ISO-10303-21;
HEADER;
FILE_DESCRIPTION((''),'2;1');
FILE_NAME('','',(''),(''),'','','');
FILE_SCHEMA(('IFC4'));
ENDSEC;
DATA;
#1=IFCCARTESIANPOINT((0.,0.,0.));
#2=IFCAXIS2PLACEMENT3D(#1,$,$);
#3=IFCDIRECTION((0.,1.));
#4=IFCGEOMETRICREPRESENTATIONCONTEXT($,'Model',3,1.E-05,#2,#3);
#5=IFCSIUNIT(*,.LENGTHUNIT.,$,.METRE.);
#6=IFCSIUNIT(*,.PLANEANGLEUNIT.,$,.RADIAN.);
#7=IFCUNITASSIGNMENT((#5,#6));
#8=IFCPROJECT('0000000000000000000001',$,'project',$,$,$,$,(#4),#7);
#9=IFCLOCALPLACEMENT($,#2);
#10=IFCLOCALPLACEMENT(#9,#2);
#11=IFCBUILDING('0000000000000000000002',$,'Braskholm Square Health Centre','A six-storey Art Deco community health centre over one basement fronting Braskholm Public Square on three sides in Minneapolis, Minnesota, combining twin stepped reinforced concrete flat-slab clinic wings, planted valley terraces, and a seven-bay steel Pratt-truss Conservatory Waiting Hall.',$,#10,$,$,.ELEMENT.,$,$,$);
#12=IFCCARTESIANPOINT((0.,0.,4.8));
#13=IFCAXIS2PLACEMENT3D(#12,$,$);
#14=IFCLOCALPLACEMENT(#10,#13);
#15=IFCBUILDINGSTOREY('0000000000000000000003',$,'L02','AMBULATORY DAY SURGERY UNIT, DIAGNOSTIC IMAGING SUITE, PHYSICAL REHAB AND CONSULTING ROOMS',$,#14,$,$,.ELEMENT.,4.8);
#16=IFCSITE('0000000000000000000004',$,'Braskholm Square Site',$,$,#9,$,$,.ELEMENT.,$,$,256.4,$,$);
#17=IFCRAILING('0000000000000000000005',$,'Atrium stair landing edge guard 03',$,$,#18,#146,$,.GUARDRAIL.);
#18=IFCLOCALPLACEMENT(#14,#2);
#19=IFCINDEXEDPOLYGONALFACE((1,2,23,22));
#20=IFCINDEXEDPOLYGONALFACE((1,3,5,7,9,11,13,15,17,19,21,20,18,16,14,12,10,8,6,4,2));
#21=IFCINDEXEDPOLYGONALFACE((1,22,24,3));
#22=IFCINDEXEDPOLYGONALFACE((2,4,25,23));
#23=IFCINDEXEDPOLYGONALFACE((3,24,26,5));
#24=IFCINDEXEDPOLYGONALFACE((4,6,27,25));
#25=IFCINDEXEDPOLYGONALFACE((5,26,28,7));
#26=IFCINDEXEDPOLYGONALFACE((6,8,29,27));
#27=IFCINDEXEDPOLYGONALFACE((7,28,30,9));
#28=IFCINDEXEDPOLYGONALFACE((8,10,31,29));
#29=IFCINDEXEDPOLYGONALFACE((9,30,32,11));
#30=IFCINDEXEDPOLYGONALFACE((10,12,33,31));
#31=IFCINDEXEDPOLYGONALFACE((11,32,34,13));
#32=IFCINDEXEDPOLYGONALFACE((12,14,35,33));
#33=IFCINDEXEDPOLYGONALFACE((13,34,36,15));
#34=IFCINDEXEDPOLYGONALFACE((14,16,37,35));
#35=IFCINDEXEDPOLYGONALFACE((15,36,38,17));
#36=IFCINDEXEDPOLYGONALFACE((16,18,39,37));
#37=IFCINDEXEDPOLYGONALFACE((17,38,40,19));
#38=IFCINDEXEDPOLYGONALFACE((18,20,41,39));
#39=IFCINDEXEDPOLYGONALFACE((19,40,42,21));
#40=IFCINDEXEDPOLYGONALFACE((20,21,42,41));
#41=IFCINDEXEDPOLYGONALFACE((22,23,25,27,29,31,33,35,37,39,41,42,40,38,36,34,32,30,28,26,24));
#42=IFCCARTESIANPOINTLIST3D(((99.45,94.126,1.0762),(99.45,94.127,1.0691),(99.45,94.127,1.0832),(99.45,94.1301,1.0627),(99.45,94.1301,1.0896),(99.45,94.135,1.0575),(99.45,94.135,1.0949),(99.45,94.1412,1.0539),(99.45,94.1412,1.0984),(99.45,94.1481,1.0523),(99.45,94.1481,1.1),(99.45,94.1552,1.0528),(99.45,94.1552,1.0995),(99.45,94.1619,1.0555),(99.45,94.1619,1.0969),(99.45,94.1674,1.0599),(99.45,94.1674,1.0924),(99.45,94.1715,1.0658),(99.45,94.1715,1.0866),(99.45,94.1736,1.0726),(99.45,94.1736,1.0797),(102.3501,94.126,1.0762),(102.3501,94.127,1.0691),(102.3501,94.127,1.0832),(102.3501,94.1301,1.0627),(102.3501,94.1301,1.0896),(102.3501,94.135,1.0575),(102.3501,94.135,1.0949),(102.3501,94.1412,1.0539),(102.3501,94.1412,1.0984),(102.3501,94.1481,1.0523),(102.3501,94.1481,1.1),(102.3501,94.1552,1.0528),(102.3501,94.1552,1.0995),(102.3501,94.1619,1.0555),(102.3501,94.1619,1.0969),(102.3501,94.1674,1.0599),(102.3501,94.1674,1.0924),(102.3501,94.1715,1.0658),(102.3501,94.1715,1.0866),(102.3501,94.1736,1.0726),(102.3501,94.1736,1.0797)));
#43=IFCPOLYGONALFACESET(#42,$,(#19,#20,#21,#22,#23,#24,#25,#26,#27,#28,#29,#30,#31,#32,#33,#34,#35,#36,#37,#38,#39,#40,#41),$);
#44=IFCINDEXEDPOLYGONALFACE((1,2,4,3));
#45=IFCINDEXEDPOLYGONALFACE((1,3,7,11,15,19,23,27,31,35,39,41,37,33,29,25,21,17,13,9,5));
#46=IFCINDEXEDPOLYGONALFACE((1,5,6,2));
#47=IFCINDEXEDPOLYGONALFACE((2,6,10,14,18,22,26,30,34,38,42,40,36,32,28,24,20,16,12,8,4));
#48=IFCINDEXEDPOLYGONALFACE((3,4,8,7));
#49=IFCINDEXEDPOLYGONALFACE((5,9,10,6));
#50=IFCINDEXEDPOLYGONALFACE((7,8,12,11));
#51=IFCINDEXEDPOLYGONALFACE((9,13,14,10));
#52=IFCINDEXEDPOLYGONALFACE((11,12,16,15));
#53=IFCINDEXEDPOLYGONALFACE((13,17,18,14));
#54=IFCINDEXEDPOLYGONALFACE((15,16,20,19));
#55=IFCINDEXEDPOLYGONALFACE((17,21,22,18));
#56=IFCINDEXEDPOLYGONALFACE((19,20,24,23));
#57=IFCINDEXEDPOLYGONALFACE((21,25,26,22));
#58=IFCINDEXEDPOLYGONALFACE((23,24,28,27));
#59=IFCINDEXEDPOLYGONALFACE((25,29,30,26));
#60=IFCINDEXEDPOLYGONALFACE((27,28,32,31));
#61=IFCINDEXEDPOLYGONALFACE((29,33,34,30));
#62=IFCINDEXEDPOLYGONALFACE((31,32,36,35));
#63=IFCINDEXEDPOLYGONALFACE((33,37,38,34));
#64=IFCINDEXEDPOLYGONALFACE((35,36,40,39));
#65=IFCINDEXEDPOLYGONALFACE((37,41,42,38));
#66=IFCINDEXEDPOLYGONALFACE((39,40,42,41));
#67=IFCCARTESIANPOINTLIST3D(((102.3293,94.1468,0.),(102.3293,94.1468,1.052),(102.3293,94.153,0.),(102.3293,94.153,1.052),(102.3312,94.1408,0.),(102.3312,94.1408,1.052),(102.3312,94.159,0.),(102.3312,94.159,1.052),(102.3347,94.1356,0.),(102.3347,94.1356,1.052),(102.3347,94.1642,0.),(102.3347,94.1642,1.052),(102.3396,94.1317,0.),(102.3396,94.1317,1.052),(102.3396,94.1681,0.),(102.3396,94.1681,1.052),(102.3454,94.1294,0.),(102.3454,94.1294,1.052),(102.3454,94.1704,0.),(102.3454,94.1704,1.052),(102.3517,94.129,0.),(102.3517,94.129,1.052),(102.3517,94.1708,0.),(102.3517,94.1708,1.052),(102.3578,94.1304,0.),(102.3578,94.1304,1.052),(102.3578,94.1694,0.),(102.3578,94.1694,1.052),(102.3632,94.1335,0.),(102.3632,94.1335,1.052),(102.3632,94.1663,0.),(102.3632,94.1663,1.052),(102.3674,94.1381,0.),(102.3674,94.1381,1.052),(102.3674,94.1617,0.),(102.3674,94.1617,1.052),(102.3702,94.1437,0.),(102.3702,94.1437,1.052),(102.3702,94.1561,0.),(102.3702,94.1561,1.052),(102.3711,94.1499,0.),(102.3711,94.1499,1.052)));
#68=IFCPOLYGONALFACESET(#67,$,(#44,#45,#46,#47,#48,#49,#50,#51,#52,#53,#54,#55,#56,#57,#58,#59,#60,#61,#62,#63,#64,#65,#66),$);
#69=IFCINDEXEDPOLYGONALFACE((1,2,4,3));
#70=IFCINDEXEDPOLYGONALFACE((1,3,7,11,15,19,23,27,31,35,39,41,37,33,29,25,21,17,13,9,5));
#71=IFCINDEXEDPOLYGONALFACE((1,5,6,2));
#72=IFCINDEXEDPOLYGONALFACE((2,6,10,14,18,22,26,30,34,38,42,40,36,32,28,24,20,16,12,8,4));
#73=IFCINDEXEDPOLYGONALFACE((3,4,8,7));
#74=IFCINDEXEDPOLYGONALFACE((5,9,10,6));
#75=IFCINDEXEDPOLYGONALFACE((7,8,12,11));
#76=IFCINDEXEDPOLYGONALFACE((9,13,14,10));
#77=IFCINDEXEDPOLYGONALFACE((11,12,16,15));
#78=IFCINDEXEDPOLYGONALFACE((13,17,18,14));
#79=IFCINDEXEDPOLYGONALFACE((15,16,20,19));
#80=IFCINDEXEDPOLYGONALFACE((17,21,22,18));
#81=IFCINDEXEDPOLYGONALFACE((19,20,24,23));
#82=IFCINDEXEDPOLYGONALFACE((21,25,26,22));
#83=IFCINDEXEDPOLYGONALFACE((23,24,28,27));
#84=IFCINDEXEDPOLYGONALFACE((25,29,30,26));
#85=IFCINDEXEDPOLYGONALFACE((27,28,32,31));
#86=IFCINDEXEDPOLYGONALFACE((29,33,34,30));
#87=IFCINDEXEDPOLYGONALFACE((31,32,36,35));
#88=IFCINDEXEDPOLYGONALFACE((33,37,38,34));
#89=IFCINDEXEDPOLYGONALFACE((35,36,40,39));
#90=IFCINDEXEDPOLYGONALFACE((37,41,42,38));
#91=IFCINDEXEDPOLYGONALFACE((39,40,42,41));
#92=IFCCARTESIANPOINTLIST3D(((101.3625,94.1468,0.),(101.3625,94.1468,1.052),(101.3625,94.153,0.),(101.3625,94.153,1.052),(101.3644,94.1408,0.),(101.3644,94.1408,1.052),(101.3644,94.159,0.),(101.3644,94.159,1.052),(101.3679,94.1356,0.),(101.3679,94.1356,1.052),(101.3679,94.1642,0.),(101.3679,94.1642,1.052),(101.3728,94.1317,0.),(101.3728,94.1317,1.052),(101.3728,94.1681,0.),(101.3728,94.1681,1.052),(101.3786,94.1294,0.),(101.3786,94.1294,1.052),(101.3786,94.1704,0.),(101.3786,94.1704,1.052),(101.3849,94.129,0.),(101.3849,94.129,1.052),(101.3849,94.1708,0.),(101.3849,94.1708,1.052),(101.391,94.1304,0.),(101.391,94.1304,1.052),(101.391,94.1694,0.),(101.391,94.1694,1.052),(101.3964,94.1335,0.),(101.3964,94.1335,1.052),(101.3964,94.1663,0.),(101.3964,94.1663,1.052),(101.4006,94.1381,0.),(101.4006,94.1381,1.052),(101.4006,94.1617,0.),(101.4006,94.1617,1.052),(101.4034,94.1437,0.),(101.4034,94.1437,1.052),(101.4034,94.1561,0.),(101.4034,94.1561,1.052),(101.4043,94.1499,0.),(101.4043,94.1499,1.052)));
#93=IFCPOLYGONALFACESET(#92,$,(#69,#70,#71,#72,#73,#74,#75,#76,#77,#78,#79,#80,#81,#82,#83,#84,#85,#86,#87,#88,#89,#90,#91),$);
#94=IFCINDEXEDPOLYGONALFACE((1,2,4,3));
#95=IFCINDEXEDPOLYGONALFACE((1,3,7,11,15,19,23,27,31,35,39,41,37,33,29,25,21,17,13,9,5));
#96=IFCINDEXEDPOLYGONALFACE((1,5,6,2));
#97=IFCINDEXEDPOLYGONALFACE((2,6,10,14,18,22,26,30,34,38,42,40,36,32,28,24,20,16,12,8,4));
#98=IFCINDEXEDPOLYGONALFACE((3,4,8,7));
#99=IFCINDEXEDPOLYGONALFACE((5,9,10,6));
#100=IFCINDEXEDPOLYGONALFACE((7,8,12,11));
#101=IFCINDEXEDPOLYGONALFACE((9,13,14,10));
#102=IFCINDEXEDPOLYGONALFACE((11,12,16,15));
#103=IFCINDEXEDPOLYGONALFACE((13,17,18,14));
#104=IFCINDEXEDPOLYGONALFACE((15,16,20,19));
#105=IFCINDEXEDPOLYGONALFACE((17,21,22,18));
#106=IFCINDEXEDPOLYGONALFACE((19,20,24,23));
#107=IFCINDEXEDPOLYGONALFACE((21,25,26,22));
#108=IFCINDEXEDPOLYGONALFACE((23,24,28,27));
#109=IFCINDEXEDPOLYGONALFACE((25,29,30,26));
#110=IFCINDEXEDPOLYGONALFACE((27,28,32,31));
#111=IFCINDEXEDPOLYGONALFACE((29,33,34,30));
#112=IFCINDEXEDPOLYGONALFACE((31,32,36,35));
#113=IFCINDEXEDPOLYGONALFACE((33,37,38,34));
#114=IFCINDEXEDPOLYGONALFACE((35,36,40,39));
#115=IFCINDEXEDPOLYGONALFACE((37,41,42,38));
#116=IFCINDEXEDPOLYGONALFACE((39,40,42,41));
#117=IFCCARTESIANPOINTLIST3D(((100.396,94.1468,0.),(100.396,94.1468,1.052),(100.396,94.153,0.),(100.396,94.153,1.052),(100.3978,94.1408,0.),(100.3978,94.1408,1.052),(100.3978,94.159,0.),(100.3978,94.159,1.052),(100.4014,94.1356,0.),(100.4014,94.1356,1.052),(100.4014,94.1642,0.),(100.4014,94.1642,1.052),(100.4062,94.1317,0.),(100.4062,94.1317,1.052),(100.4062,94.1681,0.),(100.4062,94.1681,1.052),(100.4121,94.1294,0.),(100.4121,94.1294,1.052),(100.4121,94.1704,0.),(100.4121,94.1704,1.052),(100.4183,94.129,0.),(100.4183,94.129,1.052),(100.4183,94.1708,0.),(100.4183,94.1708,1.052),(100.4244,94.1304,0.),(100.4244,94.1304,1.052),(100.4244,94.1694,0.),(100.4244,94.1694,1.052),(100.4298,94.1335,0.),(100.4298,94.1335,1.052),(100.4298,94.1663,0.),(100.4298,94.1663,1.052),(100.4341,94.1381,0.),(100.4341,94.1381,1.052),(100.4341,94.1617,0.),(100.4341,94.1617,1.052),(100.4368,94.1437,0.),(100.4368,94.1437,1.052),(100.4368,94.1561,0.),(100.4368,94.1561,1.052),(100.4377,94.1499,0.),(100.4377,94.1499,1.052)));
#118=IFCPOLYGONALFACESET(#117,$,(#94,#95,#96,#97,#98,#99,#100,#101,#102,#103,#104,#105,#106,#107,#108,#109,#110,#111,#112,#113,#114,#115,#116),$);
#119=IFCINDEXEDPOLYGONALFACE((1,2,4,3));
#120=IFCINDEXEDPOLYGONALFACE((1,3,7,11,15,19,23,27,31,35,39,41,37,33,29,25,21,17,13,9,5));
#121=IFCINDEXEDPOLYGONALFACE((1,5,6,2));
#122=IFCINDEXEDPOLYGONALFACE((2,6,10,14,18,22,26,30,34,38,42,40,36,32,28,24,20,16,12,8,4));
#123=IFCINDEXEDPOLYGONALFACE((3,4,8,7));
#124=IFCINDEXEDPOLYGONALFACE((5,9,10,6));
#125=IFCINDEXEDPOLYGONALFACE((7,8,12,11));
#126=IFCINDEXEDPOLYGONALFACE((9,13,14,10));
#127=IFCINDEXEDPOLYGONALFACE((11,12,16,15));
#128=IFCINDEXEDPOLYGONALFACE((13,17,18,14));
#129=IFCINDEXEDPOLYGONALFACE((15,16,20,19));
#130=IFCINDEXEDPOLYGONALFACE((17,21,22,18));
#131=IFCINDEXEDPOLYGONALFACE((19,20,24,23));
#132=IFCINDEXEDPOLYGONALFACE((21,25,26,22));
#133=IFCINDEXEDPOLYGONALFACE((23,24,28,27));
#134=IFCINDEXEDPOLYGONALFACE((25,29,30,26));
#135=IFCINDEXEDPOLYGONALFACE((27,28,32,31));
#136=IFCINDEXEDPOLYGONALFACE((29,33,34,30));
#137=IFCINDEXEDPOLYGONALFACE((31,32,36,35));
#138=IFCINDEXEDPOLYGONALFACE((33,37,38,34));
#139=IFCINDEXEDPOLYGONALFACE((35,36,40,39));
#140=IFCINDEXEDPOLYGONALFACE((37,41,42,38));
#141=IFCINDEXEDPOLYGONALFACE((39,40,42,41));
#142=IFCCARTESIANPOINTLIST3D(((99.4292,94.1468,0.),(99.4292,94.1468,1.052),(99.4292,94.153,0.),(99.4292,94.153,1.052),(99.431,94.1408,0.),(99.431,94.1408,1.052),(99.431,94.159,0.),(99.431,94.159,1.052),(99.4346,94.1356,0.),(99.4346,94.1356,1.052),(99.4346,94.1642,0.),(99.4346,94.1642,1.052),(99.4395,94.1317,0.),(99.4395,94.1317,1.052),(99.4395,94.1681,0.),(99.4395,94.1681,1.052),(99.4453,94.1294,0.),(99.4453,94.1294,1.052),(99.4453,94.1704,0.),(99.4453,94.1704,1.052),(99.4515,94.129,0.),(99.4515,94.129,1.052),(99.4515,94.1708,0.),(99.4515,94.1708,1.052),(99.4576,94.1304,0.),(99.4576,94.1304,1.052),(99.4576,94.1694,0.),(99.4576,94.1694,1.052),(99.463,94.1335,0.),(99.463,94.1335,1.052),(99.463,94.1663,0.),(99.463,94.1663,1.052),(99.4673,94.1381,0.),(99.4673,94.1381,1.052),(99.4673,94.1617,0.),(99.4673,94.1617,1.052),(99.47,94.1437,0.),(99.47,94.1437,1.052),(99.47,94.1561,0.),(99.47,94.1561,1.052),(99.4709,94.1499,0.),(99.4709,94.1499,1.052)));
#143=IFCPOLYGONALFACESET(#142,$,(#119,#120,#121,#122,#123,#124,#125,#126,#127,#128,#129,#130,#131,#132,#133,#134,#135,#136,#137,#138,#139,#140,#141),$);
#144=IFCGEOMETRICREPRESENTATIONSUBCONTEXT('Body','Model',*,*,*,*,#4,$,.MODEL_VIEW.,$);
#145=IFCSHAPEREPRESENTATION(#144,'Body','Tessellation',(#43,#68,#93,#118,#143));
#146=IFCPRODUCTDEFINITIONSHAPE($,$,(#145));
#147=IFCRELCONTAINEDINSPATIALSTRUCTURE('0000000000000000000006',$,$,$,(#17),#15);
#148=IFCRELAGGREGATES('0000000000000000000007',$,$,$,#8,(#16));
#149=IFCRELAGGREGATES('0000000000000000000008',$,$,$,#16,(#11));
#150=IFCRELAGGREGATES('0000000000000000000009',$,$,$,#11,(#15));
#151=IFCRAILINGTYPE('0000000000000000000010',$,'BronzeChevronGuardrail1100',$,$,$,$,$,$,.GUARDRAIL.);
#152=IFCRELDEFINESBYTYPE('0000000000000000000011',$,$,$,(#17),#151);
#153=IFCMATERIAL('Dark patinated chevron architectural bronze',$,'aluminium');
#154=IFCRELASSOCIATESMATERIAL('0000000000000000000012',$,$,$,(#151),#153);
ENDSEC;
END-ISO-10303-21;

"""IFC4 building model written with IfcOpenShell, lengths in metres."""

from ifc_helpers import new_model, si_unit, direction, frame, origin, origin_2d, place, context, subcontext, project, spatial, circle, extrude, material, type_object, element, save


model = new_model("IFC4")

# Units and contexts
model_context = context("Model", 3, precision=1e-05, world=origin(), true_north=direction((0.0, 1.0)))
body_context = subcontext(model_context, "Body", "Model", "MODEL_VIEW")
ifc_project = project(units=[si_unit("LENGTHUNIT", "METRE"), si_unit("PLANEANGLEUNIT", "RADIAN")], contexts=[model_context])

# Site, building, storey
site_placement = place(None, origin())
site = spatial("IfcSite", under=ifc_project, at=site_placement, Name="Braskholm Square Site", CompositionType="ELEMENT", RefElevation=256.4)
building_placement = place(site_placement, origin())
building = spatial("IfcBuilding", under=site, at=building_placement, Name="Braskholm Square Health Centre", Description="A six-storey Art Deco community health centre over one basement fronting Braskholm Public Square on three sides in Minneapolis, Minnesota, combining twin stepped reinforced concrete flat-slab clinic wings, planted valley terraces, and a seven-bay steel Pratt-truss Conservatory Waiting Hall.", CompositionType="ELEMENT")
storey_placement = place(building_placement, frame((0.0, 0.0, 4.8)))
storey = spatial("IfcBuildingStorey", under=building, at=storey_placement, Name="L02", Description="AMBULATORY DAY SURGERY UNIT, DIAGNOSTIC IMAGING SUITE, PHYSICAL REHAB AND CONSULTING ROOMS", CompositionType="ELEMENT", Elevation=4.8)

# Railing
ifc_material_1 = material(Name="Dark patinated chevron architectural bronze", Category="aluminium")
railing_type_1 = type_object("IfcRailingType", Name="BronzeChevronGuardrail1100", PredefinedType="GUARDRAIL", material=ifc_material_1)
railing_1_placement = place(storey_placement, frame((102.3501, 94.1499, 0.0)))
element("IfcRailing", 1, at=railing_1_placement, inside=storey, type_object=railing_type_1, Name="Atrium stair landing edge guard 03", PredefinedType="GUARDRAIL", context=body_context, shape_type="SweptSolid", body=[
    extrude(circle(Radius=0.0239, at=origin_2d()), frame((0.0, 0.0, 1.0762), z_axis=(-1.0, 0.0, 0.0), x_axis=(0.0, -1.0, 0.0)), (0.0, 0.0, 1.0), 2.9001),
    extrude(circle(Radius=0.021, at=origin_2d()), origin(), (0.0, 0.0, 1.0), 1.052),
    extrude(circle(Radius=0.021, at=origin_2d()), frame((-0.9668, 0.0, 0.0)), (0.0, 0.0, 1.0), 1.052),
    extrude(circle(Radius=0.021, at=origin_2d()), frame((-1.9333, 0.0, 0.0)), (0.0, 0.0, 1.0), 1.052),
    extrude(circle(Radius=0.021, at=origin_2d()), frame((-2.9001, 0.0, 0.0)), (0.0, 0.0, 1.0), 1.052),
])

save(model, "model.ifc")
